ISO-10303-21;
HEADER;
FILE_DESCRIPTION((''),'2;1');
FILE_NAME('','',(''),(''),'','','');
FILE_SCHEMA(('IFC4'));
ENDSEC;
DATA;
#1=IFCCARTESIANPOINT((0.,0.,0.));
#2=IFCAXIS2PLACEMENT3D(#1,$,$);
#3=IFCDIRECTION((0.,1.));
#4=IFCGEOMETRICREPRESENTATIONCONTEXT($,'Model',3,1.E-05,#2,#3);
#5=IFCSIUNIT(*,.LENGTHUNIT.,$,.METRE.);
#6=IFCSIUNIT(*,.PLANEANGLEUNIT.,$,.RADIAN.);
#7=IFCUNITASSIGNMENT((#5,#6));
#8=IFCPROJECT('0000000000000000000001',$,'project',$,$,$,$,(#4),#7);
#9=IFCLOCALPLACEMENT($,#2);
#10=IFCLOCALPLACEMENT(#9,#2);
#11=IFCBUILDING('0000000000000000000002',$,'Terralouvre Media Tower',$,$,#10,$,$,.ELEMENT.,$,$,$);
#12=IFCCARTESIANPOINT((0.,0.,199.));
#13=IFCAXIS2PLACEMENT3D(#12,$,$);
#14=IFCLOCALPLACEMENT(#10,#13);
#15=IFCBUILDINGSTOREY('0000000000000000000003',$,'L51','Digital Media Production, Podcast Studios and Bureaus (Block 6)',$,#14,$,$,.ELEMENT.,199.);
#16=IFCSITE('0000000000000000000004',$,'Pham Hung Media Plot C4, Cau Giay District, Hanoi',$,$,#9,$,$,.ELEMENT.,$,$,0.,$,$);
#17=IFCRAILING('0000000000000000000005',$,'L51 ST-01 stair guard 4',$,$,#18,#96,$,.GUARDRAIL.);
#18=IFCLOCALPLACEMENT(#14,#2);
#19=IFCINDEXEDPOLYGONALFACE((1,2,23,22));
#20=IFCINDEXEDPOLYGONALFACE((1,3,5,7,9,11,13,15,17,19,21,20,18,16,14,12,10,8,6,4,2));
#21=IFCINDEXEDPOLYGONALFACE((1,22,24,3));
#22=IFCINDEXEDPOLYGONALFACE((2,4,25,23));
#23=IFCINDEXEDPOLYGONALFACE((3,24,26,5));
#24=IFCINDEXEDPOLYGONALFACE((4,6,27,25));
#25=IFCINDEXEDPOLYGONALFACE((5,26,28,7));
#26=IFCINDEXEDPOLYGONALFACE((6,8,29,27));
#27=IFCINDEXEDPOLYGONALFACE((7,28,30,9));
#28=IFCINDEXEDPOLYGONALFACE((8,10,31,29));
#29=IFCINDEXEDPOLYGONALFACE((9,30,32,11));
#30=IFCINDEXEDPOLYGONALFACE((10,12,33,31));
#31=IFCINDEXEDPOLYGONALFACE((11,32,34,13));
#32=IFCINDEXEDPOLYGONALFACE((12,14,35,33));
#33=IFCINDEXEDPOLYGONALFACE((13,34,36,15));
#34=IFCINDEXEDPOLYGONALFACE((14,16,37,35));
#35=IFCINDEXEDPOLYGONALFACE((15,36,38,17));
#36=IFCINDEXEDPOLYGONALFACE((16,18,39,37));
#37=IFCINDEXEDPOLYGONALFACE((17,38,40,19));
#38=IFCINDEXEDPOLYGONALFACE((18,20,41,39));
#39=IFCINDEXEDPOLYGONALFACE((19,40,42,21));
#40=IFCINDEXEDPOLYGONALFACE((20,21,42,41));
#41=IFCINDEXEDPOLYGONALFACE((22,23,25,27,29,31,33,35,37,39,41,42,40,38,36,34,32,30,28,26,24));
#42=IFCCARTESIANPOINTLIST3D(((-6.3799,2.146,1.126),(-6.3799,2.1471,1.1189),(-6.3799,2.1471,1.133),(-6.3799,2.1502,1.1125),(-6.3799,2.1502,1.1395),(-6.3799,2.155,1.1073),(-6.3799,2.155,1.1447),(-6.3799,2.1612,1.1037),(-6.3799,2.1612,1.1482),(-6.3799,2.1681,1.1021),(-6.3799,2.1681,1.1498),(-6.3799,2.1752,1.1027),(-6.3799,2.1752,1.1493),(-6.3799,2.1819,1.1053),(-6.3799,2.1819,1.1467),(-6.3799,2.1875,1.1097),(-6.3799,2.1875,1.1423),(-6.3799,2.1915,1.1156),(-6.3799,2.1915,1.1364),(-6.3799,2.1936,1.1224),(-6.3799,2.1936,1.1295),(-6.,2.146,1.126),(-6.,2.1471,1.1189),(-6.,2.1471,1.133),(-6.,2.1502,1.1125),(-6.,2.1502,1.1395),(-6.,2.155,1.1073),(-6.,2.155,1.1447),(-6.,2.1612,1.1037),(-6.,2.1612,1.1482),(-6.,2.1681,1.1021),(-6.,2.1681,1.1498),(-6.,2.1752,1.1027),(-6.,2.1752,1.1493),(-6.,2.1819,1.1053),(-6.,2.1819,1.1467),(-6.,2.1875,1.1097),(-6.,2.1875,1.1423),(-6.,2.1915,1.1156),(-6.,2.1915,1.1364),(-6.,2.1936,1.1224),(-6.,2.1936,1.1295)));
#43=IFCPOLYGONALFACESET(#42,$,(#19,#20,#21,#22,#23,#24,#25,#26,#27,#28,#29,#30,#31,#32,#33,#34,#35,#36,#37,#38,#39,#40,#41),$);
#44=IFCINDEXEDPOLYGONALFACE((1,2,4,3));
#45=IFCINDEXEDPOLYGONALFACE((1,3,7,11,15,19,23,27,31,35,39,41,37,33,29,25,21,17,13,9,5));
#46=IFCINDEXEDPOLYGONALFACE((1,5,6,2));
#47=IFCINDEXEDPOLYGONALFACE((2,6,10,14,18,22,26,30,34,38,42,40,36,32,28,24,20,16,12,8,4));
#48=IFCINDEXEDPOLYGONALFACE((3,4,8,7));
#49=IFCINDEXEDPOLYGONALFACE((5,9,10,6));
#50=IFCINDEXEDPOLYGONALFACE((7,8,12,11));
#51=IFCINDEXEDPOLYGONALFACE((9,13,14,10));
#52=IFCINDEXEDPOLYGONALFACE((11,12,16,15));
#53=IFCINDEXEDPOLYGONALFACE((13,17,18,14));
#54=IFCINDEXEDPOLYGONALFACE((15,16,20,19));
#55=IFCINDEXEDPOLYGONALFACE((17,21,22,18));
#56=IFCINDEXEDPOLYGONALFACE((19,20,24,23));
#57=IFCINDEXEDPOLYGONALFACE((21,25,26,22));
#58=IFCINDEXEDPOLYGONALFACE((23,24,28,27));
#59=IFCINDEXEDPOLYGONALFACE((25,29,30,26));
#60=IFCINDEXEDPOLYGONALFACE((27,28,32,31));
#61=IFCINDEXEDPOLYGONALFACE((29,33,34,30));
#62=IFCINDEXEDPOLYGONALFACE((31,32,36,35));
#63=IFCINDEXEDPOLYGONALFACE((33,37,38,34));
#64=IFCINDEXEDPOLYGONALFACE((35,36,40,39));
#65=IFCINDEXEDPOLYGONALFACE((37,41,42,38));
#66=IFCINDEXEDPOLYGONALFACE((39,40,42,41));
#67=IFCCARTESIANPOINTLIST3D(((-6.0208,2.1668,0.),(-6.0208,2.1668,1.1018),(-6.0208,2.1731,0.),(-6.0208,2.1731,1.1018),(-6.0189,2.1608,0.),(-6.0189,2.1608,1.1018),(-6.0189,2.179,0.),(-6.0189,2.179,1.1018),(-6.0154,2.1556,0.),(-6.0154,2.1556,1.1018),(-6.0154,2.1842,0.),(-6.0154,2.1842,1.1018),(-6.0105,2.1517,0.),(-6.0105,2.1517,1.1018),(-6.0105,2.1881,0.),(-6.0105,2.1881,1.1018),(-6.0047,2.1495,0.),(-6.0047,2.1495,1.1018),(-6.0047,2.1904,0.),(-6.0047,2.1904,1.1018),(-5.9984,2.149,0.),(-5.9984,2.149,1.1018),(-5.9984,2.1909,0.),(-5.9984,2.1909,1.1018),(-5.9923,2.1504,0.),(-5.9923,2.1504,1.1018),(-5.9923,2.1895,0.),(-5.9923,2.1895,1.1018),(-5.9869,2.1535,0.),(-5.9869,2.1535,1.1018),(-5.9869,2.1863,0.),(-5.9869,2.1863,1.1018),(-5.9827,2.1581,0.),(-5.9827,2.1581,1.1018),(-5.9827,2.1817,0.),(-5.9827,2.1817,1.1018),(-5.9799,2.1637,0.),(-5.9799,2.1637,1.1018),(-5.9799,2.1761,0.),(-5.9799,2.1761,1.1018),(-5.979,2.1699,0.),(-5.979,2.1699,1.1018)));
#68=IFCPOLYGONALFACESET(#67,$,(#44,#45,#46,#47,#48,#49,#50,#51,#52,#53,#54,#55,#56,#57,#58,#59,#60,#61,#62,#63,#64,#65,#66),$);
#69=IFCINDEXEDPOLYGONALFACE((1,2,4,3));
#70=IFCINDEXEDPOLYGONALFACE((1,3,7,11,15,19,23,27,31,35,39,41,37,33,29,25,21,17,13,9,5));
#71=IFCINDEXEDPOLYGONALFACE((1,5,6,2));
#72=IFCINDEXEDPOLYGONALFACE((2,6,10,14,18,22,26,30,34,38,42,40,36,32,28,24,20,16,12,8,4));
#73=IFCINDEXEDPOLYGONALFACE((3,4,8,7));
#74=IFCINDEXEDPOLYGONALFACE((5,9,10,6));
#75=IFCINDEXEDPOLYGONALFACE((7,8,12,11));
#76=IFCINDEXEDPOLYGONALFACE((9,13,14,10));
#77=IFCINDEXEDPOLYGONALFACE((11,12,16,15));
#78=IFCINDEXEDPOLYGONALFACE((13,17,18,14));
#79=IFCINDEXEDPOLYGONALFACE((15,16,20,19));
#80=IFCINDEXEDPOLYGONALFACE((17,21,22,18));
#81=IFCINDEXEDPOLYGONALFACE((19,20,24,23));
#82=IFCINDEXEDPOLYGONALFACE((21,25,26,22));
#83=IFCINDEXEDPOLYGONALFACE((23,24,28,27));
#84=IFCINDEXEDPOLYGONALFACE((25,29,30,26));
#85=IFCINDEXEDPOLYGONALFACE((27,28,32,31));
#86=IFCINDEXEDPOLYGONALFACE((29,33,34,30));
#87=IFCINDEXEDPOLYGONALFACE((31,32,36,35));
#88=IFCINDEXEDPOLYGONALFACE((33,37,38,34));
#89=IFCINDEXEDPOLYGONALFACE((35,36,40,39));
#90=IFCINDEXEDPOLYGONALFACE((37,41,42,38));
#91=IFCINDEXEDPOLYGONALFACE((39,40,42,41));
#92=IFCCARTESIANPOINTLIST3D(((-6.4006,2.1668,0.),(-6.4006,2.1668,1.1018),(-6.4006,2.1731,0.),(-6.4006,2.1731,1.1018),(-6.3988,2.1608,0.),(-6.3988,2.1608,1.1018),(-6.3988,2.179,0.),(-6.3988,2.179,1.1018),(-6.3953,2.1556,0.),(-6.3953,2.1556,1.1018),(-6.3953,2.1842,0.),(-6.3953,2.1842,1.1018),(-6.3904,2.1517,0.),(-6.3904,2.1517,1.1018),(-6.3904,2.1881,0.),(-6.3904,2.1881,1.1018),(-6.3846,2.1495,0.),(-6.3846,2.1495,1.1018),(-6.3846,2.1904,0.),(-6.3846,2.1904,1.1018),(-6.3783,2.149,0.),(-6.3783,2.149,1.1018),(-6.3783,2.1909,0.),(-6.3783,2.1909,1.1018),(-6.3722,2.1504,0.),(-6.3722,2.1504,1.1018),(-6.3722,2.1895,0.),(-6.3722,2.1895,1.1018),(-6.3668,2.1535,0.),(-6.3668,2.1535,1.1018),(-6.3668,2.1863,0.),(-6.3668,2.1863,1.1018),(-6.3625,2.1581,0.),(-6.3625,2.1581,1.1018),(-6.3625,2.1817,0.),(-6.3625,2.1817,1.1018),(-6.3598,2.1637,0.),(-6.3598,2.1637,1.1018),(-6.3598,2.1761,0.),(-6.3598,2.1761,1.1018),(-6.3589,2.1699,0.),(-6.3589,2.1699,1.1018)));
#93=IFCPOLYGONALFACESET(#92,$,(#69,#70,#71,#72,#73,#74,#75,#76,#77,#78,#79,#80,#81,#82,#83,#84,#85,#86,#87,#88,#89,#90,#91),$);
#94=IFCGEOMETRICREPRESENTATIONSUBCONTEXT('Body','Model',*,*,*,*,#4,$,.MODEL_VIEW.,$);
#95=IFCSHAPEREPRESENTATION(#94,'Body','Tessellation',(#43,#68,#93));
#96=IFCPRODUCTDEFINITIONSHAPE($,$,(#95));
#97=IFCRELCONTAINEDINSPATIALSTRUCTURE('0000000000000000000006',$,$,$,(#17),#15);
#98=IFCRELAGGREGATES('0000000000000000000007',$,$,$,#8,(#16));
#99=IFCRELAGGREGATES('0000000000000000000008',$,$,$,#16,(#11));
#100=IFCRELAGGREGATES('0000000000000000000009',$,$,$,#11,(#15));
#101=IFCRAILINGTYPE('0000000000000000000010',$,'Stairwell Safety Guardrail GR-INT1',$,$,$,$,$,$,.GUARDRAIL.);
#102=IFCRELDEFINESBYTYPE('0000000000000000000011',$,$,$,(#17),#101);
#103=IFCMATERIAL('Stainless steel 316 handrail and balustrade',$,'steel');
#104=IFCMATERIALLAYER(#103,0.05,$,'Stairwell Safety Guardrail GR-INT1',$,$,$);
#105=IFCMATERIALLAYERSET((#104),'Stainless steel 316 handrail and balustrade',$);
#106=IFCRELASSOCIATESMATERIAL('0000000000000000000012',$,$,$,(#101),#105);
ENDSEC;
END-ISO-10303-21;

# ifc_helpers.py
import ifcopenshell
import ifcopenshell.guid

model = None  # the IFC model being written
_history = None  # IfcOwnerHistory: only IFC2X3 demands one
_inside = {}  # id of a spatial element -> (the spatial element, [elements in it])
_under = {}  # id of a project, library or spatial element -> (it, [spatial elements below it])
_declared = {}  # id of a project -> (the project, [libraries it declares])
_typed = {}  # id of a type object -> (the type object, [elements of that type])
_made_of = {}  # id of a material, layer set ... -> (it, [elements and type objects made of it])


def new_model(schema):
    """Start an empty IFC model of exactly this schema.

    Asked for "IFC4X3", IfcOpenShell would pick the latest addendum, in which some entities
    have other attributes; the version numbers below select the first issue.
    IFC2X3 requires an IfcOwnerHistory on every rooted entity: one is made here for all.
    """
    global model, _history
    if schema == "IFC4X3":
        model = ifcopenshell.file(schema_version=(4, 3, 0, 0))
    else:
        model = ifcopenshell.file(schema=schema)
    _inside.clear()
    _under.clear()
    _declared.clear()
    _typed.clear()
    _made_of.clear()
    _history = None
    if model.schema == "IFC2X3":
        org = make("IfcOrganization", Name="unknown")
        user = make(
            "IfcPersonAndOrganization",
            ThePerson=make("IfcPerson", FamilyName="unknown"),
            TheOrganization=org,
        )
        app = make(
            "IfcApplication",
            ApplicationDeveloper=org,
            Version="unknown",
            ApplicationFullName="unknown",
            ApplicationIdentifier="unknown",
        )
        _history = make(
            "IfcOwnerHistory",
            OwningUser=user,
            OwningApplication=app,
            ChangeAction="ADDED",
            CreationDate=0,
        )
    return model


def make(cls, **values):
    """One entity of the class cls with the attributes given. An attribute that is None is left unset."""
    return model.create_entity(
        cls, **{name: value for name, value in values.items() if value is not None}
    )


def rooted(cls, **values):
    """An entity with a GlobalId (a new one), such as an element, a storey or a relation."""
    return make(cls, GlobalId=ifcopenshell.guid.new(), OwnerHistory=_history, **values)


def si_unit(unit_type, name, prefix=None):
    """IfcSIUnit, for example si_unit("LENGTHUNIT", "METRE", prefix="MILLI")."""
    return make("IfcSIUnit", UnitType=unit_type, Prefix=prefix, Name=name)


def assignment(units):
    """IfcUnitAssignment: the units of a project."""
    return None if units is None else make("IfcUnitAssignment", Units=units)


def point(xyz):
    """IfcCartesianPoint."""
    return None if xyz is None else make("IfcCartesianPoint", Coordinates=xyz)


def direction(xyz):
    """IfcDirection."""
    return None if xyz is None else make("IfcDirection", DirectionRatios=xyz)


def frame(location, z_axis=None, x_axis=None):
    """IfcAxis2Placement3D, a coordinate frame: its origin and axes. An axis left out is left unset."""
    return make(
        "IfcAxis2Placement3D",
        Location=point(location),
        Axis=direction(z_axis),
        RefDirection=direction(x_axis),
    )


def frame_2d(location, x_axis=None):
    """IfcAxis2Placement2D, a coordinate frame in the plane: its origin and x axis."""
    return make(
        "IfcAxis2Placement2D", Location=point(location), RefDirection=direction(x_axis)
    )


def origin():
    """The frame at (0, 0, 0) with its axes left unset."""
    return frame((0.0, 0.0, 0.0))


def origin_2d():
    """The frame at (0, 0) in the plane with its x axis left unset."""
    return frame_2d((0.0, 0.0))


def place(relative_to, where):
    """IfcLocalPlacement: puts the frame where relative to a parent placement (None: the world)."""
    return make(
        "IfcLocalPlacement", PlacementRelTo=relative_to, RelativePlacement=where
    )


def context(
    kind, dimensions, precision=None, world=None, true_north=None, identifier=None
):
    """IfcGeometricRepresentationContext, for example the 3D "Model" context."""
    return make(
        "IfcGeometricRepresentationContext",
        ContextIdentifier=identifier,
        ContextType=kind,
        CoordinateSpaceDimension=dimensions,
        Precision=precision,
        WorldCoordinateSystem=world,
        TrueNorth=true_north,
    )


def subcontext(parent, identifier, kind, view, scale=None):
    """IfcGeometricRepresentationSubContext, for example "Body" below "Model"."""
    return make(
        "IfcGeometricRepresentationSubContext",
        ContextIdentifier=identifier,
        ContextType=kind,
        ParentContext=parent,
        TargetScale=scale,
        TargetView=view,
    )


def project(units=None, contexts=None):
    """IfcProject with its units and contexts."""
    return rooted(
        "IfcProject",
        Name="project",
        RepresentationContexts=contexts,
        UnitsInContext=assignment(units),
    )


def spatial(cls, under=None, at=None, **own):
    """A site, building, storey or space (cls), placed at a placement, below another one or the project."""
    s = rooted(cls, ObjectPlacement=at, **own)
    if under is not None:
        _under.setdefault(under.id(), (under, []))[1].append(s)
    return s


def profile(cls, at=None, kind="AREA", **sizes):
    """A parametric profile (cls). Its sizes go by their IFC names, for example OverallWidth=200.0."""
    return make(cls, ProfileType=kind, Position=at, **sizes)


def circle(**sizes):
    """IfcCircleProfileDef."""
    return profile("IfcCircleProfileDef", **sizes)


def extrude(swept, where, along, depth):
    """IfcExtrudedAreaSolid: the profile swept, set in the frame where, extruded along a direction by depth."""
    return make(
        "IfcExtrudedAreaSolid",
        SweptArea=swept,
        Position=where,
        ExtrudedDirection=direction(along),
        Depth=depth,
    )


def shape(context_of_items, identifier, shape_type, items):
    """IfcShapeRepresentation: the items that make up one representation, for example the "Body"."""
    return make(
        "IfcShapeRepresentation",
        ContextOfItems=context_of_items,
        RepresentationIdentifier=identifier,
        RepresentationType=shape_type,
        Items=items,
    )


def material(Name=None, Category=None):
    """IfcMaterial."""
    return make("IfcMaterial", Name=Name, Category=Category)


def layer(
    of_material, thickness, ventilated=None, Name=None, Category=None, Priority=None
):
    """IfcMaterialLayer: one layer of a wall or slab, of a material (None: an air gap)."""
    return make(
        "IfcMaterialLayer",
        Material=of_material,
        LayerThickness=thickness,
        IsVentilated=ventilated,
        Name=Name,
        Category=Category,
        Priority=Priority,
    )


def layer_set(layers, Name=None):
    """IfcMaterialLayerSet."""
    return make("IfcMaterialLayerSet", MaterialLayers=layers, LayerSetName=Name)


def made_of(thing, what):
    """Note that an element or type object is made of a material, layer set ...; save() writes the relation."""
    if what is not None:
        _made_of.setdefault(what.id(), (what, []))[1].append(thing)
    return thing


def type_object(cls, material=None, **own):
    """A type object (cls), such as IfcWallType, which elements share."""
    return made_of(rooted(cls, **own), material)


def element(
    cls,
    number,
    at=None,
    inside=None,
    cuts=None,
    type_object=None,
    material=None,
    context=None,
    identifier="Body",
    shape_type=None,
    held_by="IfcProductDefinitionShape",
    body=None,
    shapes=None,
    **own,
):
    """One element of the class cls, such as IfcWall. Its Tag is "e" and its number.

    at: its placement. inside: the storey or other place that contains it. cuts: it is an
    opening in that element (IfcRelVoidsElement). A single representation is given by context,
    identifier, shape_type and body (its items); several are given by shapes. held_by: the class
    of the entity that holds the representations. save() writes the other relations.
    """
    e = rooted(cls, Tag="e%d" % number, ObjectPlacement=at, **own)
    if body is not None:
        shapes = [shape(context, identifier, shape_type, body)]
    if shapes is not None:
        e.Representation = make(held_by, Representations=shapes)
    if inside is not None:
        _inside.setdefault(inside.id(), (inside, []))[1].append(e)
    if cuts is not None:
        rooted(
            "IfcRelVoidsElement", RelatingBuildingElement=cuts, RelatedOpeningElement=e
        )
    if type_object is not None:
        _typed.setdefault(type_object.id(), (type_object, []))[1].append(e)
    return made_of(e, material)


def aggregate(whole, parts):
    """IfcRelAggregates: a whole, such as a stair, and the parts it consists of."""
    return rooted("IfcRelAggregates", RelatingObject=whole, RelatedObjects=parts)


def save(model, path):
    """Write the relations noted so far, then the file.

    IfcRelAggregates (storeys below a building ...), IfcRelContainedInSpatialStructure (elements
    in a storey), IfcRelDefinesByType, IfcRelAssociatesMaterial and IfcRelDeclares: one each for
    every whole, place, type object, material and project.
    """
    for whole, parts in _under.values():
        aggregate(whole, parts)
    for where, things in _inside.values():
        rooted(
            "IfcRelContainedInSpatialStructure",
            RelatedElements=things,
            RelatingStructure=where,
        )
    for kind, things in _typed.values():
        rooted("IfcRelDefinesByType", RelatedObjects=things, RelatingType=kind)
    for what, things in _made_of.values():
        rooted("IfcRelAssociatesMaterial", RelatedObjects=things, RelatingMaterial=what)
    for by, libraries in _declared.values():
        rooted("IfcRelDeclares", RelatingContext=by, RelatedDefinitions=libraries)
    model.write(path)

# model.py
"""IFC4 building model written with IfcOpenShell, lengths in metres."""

from ifc_helpers import new_model, si_unit, direction, frame, origin, origin_2d, place, context, subcontext, project, spatial, circle, extrude, material, layer, layer_set, type_object, element, save


model = new_model("IFC4")

# Units and contexts
model_context = context("Model", 3, precision=1e-05, world=origin(), true_north=direction((0.0, 1.0)))
body_context = subcontext(model_context, "Body", "Model", "MODEL_VIEW")
ifc_project = project(units=[si_unit("LENGTHUNIT", "METRE"), si_unit("PLANEANGLEUNIT", "RADIAN")], contexts=[model_context])

# Site, building, storey
site_placement = place(None, origin())
site = spatial("IfcSite", under=ifc_project, at=site_placement, Name="Pham Hung Media Plot C4, Cau Giay District, Hanoi", CompositionType="ELEMENT", RefElevation=0.0)
building_placement = place(site_placement, origin())
building = spatial("IfcBuilding", under=site, at=building_placement, Name="Terralouvre Media Tower", CompositionType="ELEMENT")
storey_placement = place(building_placement, frame((0.0, 0.0, 199.0)))
storey = spatial("IfcBuildingStorey", under=building, at=storey_placement, Name="L51", Description="Digital Media Production, Podcast Studios and Bureaus (Block 6)", CompositionType="ELEMENT", Elevation=199.0)

# Railing
ifc_material_1 = material(Name="Stainless steel 316 handrail and balustrade", Category="steel")
ifc_layer_1 = layer(ifc_material_1, 0.05, Name="Stairwell Safety Guardrail GR-INT1")
ifc_layer_set_1 = layer_set([ifc_layer_1], Name="Stainless steel 316 handrail and balustrade")
railing_type_1 = type_object("IfcRailingType", Name="Stairwell Safety Guardrail GR-INT1", PredefinedType="GUARDRAIL", material=ifc_layer_set_1)
railing_1_placement = place(storey_placement, frame((-6.0, 2.1699, 0.0)))
element("IfcRailing", 1, at=railing_1_placement, inside=storey, type_object=railing_type_1, Name="L51 ST-01 stair guard 4", PredefinedType="GUARDRAIL", context=body_context, shape_type="SweptSolid", body=[
    extrude(circle(Radius=0.0239, at=origin_2d()), frame((0.0, 0.0, 1.126), z_axis=(-1.0, 0.0, 0.0), x_axis=(0.0, -1.0, 0.0)), (0.0, 0.0, 1.0), 0.3799),
    extrude(circle(Radius=0.021, at=origin_2d()), origin(), (0.0, 0.0, 1.0), 1.1018),
    extrude(circle(Radius=0.021, at=origin_2d()), frame((-0.3799, 0.0, 0.0)), (0.0, 0.0, 1.0), 1.1018),
])

save(model, "model.ifc")
